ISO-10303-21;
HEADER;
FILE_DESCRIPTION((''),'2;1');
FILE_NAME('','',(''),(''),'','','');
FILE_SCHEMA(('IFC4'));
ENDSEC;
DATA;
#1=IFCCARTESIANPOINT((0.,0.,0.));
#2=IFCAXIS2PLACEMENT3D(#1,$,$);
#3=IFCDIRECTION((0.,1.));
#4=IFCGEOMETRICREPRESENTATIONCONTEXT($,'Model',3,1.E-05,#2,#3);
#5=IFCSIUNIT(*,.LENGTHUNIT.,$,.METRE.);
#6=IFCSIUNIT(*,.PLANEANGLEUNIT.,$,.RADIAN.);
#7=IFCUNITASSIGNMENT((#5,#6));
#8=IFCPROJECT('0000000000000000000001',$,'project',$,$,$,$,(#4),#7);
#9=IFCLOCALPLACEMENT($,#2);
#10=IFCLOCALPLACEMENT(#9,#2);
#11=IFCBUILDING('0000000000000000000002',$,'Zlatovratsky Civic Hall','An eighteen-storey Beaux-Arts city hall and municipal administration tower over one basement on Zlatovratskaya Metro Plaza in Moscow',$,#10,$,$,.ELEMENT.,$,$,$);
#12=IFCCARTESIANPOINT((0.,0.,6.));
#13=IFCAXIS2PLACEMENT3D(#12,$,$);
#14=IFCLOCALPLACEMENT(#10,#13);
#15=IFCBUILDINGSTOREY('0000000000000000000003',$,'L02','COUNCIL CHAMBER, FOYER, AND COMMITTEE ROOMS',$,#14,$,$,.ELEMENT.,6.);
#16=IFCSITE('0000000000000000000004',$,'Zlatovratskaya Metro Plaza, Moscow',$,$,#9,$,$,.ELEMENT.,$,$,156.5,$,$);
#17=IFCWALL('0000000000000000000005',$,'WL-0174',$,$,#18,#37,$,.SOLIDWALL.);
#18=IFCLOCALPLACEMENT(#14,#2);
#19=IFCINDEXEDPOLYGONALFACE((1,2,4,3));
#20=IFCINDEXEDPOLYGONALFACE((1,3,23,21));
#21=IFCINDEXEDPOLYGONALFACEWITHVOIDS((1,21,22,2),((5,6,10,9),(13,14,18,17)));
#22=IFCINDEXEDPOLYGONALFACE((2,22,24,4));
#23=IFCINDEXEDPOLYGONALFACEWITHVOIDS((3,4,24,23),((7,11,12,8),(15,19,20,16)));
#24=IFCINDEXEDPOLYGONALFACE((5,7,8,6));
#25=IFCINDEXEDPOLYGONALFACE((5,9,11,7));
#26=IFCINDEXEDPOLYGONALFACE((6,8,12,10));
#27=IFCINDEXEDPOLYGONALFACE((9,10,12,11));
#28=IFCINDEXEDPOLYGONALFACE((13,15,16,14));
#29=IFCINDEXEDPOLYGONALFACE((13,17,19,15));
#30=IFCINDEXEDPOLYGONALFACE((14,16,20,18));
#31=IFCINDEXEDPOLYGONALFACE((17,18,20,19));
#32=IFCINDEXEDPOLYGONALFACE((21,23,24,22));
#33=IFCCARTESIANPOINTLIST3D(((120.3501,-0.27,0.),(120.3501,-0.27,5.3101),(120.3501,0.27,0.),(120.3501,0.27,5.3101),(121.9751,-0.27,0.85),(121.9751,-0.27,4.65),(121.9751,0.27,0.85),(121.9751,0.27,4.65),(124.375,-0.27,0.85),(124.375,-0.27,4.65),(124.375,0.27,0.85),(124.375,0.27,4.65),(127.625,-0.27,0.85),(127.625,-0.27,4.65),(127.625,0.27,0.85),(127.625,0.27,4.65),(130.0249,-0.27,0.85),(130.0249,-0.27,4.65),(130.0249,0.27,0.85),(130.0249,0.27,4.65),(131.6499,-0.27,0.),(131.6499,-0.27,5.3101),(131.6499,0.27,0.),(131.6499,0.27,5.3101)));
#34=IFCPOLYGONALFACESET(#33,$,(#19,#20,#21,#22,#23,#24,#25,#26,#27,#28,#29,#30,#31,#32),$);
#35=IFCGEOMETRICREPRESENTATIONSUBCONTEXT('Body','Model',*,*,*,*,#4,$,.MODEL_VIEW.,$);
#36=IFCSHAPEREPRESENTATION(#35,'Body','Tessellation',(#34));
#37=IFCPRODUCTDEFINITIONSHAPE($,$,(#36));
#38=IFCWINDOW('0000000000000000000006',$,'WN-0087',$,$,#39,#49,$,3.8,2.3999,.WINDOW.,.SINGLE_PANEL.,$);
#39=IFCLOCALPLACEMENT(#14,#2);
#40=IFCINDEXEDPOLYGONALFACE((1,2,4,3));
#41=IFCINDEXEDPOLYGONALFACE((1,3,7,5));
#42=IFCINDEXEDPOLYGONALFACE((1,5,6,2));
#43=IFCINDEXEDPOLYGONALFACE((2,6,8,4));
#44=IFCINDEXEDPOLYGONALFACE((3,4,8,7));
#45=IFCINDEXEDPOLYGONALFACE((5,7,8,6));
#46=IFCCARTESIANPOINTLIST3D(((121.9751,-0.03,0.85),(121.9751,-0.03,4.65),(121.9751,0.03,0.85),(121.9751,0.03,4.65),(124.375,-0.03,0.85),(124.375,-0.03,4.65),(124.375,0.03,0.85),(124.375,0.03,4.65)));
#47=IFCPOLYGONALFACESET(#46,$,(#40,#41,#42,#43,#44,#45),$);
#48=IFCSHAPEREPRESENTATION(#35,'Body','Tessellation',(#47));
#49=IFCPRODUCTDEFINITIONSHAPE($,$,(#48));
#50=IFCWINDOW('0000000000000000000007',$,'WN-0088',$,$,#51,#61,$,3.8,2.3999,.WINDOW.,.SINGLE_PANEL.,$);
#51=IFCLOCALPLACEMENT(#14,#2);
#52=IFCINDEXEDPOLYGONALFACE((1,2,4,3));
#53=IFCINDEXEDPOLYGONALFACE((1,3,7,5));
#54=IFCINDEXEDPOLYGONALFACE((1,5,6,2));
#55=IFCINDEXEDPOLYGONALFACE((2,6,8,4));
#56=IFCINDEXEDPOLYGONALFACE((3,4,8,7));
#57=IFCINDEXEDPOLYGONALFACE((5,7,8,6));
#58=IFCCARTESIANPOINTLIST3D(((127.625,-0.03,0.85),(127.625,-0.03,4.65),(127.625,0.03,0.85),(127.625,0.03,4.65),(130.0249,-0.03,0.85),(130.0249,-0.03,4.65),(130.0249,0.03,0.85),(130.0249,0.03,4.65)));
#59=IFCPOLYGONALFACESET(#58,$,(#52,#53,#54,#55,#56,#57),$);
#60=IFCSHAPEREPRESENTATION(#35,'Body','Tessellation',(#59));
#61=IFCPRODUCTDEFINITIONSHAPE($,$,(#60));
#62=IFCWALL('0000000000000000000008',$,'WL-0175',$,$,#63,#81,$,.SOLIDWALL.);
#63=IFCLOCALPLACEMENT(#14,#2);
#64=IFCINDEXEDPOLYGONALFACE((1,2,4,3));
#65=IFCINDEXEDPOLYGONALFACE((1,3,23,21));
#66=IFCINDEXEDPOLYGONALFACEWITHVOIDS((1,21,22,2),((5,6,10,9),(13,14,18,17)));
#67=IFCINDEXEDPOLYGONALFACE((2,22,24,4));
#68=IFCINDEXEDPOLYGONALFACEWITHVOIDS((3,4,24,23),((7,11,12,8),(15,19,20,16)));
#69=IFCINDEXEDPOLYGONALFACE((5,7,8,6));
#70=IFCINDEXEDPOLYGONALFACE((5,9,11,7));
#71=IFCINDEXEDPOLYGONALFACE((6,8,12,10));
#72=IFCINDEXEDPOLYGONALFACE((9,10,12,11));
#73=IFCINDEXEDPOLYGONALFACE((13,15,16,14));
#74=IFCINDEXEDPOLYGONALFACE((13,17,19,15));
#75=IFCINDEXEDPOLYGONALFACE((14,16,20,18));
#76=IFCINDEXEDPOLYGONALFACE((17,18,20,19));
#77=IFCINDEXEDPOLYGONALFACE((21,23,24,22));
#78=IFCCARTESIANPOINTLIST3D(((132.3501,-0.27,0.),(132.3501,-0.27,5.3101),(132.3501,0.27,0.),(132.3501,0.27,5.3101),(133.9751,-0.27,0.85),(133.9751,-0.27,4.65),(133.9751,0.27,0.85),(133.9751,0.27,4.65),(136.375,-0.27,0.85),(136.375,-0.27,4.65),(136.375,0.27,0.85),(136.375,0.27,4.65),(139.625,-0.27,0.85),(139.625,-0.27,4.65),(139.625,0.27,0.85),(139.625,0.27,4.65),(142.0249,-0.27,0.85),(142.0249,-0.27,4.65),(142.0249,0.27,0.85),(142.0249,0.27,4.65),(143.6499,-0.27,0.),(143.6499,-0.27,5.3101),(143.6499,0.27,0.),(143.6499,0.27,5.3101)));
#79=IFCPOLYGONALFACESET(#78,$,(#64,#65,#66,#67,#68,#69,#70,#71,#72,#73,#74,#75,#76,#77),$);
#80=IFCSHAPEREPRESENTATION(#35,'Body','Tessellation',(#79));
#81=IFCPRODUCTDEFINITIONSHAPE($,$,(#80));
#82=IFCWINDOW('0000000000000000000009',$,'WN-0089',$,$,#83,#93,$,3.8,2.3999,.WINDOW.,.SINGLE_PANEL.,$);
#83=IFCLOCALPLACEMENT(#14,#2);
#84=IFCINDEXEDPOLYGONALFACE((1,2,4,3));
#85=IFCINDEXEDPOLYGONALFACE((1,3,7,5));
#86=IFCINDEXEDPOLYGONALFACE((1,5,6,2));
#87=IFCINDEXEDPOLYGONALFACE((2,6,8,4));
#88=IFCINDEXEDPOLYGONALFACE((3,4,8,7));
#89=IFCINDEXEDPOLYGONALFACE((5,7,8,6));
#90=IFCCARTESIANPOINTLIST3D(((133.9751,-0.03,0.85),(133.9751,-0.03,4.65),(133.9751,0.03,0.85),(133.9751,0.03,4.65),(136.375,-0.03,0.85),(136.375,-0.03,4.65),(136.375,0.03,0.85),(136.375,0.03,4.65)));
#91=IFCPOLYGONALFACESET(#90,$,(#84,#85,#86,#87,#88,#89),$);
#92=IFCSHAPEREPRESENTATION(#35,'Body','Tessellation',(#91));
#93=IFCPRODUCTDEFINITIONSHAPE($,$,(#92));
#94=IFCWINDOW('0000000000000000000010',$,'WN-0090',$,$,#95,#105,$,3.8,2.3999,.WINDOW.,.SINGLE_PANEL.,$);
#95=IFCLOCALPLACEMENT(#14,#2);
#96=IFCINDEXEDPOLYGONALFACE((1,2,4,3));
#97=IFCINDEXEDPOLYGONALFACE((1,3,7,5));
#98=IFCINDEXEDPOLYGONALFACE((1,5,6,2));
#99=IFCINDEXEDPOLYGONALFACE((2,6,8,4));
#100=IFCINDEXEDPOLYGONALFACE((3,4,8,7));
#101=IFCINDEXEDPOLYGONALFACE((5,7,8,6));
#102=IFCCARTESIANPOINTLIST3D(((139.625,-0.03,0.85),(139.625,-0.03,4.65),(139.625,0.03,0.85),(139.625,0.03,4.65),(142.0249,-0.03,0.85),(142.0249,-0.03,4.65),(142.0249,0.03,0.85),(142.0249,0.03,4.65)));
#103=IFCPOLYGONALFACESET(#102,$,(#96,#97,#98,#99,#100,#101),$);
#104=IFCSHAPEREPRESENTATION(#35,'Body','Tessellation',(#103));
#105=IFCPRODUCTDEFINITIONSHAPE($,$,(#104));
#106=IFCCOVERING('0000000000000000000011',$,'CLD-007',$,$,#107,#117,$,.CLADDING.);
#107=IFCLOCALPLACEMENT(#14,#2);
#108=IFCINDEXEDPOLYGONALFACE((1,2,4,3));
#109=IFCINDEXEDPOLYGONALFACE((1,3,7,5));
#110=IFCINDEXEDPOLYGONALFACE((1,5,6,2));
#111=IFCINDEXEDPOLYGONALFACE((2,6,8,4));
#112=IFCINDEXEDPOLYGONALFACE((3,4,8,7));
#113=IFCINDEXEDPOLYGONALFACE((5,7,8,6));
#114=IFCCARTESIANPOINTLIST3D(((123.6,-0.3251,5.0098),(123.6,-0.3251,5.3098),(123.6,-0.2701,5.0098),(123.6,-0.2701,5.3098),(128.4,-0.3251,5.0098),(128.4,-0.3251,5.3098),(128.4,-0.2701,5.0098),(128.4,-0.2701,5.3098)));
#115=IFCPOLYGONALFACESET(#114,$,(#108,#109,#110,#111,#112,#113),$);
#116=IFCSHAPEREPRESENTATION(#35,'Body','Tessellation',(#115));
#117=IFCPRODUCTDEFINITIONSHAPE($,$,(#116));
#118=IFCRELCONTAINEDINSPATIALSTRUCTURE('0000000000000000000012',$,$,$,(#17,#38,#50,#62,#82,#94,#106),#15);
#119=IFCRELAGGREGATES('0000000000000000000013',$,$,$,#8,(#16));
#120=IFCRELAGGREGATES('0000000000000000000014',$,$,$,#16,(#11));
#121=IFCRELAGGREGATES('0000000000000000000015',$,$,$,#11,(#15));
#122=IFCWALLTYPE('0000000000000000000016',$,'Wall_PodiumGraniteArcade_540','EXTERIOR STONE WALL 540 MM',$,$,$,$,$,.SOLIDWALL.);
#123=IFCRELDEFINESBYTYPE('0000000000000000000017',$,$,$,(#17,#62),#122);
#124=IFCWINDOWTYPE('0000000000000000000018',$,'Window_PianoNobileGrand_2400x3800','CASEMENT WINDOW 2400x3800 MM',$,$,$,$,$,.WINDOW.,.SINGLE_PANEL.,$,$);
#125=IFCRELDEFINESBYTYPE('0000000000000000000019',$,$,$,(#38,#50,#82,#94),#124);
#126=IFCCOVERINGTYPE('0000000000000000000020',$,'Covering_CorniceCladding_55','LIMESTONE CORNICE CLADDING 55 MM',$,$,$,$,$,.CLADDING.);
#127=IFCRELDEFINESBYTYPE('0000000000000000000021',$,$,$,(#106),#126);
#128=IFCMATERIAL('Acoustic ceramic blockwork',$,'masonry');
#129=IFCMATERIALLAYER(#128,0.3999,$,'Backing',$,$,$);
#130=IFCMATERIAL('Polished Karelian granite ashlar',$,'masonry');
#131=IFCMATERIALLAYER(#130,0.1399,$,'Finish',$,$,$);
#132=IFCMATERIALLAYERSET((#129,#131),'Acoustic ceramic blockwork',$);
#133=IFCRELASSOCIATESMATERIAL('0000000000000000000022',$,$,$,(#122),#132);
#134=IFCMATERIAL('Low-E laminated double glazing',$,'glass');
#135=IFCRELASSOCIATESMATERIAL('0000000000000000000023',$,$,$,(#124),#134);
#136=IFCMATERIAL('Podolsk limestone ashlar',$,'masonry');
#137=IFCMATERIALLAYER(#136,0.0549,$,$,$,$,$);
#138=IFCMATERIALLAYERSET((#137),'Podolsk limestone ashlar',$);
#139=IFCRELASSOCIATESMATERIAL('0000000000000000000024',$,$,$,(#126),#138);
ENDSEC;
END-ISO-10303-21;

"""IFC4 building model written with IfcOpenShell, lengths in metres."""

from ifc_helpers import new_model, si_unit, direction, frame, frame_2d, origin, origin_2d, place, context, subcontext, project, spatial, rectangle, extrude, material, layer, layer_set, type_object, element, fill, save


model = new_model("IFC4")

# Units and contexts
model_context = context("Model", 3, precision=1e-05, world=origin(), true_north=direction((0.0, 1.0)))
body_context = subcontext(model_context, "Body", "Model", "MODEL_VIEW")
ifc_project = project(units=[si_unit("LENGTHUNIT", "METRE"), si_unit("PLANEANGLEUNIT", "RADIAN")], contexts=[model_context])

# Site, building, storey
site_placement = place(None, origin())
site = spatial("IfcSite", under=ifc_project, at=site_placement, Name="Zlatovratskaya Metro Plaza, Moscow", CompositionType="ELEMENT", RefElevation=156.5)
building_placement = place(site_placement, origin())
building = spatial("IfcBuilding", under=site, at=building_placement, Name="Zlatovratsky Civic Hall", Description="An eighteen-storey Beaux-Arts city hall and municipal administration tower over one basement on Zlatovratskaya Metro Plaza in Moscow", CompositionType="ELEMENT")
storey_placement = place(building_placement, frame((0.0, 0.0, 6.0)))
storey = spatial("IfcBuildingStorey", under=building, at=storey_placement, Name="L02", Description="COUNCIL CHAMBER, FOYER, AND COMMITTEE ROOMS", CompositionType="ELEMENT", Elevation=6.0)

# Walls, openings, windows
ifc_material_1 = material(Name="Acoustic ceramic blockwork", Category="masonry")
ifc_layer_1 = layer(ifc_material_1, 0.3999, Name="Backing")
ifc_material_2 = material(Name="Polished Karelian granite ashlar", Category="masonry")
ifc_layer_2 = layer(ifc_material_2, 0.1399, Name="Finish")
ifc_layer_set_1 = layer_set([ifc_layer_1, ifc_layer_2], Name="Acoustic ceramic blockwork")
wall_type = type_object("IfcWallType", Name="Wall_PodiumGraniteArcade_540", Description="EXTERIOR STONE WALL 540 MM", PredefinedType="SOLIDWALL", material=ifc_layer_set_1)
wall_1_placement = place(storey_placement, frame((120.3501, 0.0, 0.0), z_axis=(0.0, 0.0, 1.0), x_axis=(1.0, 0.0, 0.0)))
wall_1 = element("IfcWall", 1, at=wall_1_placement, inside=storey, type_object=wall_type, Name="WL-0174", PredefinedType="SOLIDWALL", context=body_context, shape_type="SweptSolid", body=[
    extrude(rectangle(XDim=11.2998, YDim=0.54, at=frame_2d((5.6499, 0.0))), origin(), (0.0, 0.0, 1.0), 5.3101),
])
opening_1_placement = place(wall_1_placement, frame((1.625, 0.0, 0.8501)))
opening_1 = element("IfcOpeningElement", 2, at=opening_1_placement, cuts=wall_1, PredefinedType="OPENING", context=body_context, shape_type="SweptSolid", body=[
    extrude(rectangle(XDim=2.3999, YDim=3.8, at=frame_2d((1.2, 1.8999))), frame((0.0, 0.2849, 0.0), z_axis=(0.0, -1.0, 0.0), x_axis=(1.0, 0.0, 0.0)), (0.0, 0.0, 1.0), 0.5698),
])
opening_2_placement = place(wall_1_placement, frame((7.2749, 0.0, 0.8501)))
opening_2 = element("IfcOpeningElement", 3, at=opening_2_placement, cuts=wall_1, PredefinedType="OPENING", context=body_context, shape_type="SweptSolid", body=[
    extrude(rectangle(XDim=2.3999, YDim=3.8, at=frame_2d((1.2, 1.8999))), frame((0.0, 0.2849, 0.0), z_axis=(0.0, -1.0, 0.0), x_axis=(1.0, 0.0, 0.0)), (0.0, 0.0, 1.0), 0.5698),
])
ifc_material_3 = material(Name="Low-E laminated double glazing", Category="glass")
window_type = type_object("IfcWindowType", Name="Window_PianoNobileGrand_2400x3800", Description="CASEMENT WINDOW 2400x3800 MM", PartitioningType="SINGLE_PANEL", PredefinedType="WINDOW", material=ifc_material_3)
window_1_placement = place(opening_1_placement, origin())
window_1 = element("IfcWindow", 4, at=window_1_placement, inside=storey, type_object=window_type, Name="WN-0087", OverallHeight=3.8, OverallWidth=2.3999, PartitioningType="SINGLE_PANEL", PredefinedType="WINDOW", context=body_context, shape_type="SweptSolid", body=[
    extrude(rectangle(XDim=2.3999, YDim=3.8, at=frame_2d((1.2, 1.8999))), frame((0.0, 0.03, 0.0), z_axis=(0.0, -1.0, 0.0), x_axis=(1.0, 0.0, 0.0)), (0.0, 0.0, 1.0), 0.0601),
])
fill(opening_1, window_1)
window_2_placement = place(opening_2_placement, origin())
window_2 = element("IfcWindow", 5, at=window_2_placement, inside=storey, type_object=window_type, Name="WN-0088", OverallHeight=3.8, OverallWidth=2.3999, PartitioningType="SINGLE_PANEL", PredefinedType="WINDOW", context=body_context, shape_type="SweptSolid", body=[
    extrude(rectangle(XDim=2.3999, YDim=3.8, at=frame_2d((1.2, 1.8999))), frame((0.0, 0.03, 0.0), z_axis=(0.0, -1.0, 0.0), x_axis=(1.0, 0.0, 0.0)), (0.0, 0.0, 1.0), 0.0601),
])
fill(opening_2, window_2)
wall_2_placement = place(storey_placement, frame((132.3501, 0.0, 0.0), z_axis=(0.0, 0.0, 1.0), x_axis=(1.0, 0.0, 0.0)))
wall_2 = element("IfcWall", 6, at=wall_2_placement, inside=storey, type_object=wall_type, Name="WL-0175", PredefinedType="SOLIDWALL", context=body_context, shape_type="SweptSolid", body=[
    extrude(rectangle(XDim=11.2998, YDim=0.54, at=frame_2d((5.6499, 0.0))), origin(), (0.0, 0.0, 1.0), 5.3101),
])
opening_3_placement = place(wall_2_placement, frame((1.625, 0.0, 0.8501)))
opening_3 = element("IfcOpeningElement", 7, at=opening_3_placement, cuts=wall_2, PredefinedType="OPENING", context=body_context, shape_type="SweptSolid", body=[
    extrude(rectangle(XDim=2.3999, YDim=3.8, at=frame_2d((1.2, 1.8999))), frame((0.0, 0.2849, 0.0), z_axis=(0.0, -1.0, 0.0), x_axis=(1.0, 0.0, 0.0)), (0.0, 0.0, 1.0), 0.5698),
])
opening_4_placement = place(wall_2_placement, frame((7.2749, 0.0, 0.8501)))
opening_4 = element("IfcOpeningElement", 8, at=opening_4_placement, cuts=wall_2, PredefinedType="OPENING", context=body_context, shape_type="SweptSolid", body=[
    extrude(rectangle(XDim=2.3999, YDim=3.8, at=frame_2d((1.2, 1.8999))), frame((0.0, 0.2849, 0.0), z_axis=(0.0, -1.0, 0.0), x_axis=(1.0, 0.0, 0.0)), (0.0, 0.0, 1.0), 0.5698),
])
window_3_placement = place(opening_3_placement, origin())
window_3 = element("IfcWindow", 9, at=window_3_placement, inside=storey, type_object=window_type, Name="WN-0089", OverallHeight=3.8, OverallWidth=2.3999, PartitioningType="SINGLE_PANEL", PredefinedType="WINDOW", context=body_context, shape_type="SweptSolid", body=[
    extrude(rectangle(XDim=2.3999, YDim=3.8, at=frame_2d((1.2, 1.8999))), frame((0.0, 0.03, 0.0), z_axis=(0.0, -1.0, 0.0), x_axis=(1.0, 0.0, 0.0)), (0.0, 0.0, 1.0), 0.0601),
])
fill(opening_3, window_3)
window_4_placement = place(opening_4_placement, origin())
window_4 = element("IfcWindow", 10, at=window_4_placement, inside=storey, type_object=window_type, Name="WN-0090", OverallHeight=3.8, OverallWidth=2.3999, PartitioningType="SINGLE_PANEL", PredefinedType="WINDOW", context=body_context, shape_type="SweptSolid", body=[
    extrude(rectangle(XDim=2.3999, YDim=3.8, at=frame_2d((1.2, 1.8999))), frame((0.0, 0.03, 0.0), z_axis=(0.0, -1.0, 0.0), x_axis=(1.0, 0.0, 0.0)), (0.0, 0.0, 1.0), 0.0601),
])
fill(opening_4, window_4)

# Covering
ifc_material_4 = material(Name="Podolsk limestone ashlar", Category="masonry")
ifc_layer_3 = layer(ifc_material_4, 0.0549)
ifc_layer_set_2 = layer_set([ifc_layer_3], Name="Podolsk limestone ashlar")
covering_type = type_object("IfcCoveringType", Name="Covering_CorniceCladding_55", Description="LIMESTONE CORNICE CLADDING 55 MM", PredefinedType="CLADDING", material=ifc_layer_set_2)
covering_placement = place(storey_placement, frame((126.0, -0.2976, 5.0098), z_axis=(0.0, 0.0, 1.0), x_axis=(1.0, 0.0, 0.0)))
element("IfcCovering", 11, at=covering_placement, inside=storey, type_object=covering_type, Name="CLD-007", PredefinedType="CLADDING", context=body_context, shape_type="SweptSolid", body=[
    extrude(rectangle(XDim=4.8, YDim=0.0549, at=origin_2d()), origin(), (0.0, 0.0, 1.0), 0.3),
])

save(model, "model.ifc")
